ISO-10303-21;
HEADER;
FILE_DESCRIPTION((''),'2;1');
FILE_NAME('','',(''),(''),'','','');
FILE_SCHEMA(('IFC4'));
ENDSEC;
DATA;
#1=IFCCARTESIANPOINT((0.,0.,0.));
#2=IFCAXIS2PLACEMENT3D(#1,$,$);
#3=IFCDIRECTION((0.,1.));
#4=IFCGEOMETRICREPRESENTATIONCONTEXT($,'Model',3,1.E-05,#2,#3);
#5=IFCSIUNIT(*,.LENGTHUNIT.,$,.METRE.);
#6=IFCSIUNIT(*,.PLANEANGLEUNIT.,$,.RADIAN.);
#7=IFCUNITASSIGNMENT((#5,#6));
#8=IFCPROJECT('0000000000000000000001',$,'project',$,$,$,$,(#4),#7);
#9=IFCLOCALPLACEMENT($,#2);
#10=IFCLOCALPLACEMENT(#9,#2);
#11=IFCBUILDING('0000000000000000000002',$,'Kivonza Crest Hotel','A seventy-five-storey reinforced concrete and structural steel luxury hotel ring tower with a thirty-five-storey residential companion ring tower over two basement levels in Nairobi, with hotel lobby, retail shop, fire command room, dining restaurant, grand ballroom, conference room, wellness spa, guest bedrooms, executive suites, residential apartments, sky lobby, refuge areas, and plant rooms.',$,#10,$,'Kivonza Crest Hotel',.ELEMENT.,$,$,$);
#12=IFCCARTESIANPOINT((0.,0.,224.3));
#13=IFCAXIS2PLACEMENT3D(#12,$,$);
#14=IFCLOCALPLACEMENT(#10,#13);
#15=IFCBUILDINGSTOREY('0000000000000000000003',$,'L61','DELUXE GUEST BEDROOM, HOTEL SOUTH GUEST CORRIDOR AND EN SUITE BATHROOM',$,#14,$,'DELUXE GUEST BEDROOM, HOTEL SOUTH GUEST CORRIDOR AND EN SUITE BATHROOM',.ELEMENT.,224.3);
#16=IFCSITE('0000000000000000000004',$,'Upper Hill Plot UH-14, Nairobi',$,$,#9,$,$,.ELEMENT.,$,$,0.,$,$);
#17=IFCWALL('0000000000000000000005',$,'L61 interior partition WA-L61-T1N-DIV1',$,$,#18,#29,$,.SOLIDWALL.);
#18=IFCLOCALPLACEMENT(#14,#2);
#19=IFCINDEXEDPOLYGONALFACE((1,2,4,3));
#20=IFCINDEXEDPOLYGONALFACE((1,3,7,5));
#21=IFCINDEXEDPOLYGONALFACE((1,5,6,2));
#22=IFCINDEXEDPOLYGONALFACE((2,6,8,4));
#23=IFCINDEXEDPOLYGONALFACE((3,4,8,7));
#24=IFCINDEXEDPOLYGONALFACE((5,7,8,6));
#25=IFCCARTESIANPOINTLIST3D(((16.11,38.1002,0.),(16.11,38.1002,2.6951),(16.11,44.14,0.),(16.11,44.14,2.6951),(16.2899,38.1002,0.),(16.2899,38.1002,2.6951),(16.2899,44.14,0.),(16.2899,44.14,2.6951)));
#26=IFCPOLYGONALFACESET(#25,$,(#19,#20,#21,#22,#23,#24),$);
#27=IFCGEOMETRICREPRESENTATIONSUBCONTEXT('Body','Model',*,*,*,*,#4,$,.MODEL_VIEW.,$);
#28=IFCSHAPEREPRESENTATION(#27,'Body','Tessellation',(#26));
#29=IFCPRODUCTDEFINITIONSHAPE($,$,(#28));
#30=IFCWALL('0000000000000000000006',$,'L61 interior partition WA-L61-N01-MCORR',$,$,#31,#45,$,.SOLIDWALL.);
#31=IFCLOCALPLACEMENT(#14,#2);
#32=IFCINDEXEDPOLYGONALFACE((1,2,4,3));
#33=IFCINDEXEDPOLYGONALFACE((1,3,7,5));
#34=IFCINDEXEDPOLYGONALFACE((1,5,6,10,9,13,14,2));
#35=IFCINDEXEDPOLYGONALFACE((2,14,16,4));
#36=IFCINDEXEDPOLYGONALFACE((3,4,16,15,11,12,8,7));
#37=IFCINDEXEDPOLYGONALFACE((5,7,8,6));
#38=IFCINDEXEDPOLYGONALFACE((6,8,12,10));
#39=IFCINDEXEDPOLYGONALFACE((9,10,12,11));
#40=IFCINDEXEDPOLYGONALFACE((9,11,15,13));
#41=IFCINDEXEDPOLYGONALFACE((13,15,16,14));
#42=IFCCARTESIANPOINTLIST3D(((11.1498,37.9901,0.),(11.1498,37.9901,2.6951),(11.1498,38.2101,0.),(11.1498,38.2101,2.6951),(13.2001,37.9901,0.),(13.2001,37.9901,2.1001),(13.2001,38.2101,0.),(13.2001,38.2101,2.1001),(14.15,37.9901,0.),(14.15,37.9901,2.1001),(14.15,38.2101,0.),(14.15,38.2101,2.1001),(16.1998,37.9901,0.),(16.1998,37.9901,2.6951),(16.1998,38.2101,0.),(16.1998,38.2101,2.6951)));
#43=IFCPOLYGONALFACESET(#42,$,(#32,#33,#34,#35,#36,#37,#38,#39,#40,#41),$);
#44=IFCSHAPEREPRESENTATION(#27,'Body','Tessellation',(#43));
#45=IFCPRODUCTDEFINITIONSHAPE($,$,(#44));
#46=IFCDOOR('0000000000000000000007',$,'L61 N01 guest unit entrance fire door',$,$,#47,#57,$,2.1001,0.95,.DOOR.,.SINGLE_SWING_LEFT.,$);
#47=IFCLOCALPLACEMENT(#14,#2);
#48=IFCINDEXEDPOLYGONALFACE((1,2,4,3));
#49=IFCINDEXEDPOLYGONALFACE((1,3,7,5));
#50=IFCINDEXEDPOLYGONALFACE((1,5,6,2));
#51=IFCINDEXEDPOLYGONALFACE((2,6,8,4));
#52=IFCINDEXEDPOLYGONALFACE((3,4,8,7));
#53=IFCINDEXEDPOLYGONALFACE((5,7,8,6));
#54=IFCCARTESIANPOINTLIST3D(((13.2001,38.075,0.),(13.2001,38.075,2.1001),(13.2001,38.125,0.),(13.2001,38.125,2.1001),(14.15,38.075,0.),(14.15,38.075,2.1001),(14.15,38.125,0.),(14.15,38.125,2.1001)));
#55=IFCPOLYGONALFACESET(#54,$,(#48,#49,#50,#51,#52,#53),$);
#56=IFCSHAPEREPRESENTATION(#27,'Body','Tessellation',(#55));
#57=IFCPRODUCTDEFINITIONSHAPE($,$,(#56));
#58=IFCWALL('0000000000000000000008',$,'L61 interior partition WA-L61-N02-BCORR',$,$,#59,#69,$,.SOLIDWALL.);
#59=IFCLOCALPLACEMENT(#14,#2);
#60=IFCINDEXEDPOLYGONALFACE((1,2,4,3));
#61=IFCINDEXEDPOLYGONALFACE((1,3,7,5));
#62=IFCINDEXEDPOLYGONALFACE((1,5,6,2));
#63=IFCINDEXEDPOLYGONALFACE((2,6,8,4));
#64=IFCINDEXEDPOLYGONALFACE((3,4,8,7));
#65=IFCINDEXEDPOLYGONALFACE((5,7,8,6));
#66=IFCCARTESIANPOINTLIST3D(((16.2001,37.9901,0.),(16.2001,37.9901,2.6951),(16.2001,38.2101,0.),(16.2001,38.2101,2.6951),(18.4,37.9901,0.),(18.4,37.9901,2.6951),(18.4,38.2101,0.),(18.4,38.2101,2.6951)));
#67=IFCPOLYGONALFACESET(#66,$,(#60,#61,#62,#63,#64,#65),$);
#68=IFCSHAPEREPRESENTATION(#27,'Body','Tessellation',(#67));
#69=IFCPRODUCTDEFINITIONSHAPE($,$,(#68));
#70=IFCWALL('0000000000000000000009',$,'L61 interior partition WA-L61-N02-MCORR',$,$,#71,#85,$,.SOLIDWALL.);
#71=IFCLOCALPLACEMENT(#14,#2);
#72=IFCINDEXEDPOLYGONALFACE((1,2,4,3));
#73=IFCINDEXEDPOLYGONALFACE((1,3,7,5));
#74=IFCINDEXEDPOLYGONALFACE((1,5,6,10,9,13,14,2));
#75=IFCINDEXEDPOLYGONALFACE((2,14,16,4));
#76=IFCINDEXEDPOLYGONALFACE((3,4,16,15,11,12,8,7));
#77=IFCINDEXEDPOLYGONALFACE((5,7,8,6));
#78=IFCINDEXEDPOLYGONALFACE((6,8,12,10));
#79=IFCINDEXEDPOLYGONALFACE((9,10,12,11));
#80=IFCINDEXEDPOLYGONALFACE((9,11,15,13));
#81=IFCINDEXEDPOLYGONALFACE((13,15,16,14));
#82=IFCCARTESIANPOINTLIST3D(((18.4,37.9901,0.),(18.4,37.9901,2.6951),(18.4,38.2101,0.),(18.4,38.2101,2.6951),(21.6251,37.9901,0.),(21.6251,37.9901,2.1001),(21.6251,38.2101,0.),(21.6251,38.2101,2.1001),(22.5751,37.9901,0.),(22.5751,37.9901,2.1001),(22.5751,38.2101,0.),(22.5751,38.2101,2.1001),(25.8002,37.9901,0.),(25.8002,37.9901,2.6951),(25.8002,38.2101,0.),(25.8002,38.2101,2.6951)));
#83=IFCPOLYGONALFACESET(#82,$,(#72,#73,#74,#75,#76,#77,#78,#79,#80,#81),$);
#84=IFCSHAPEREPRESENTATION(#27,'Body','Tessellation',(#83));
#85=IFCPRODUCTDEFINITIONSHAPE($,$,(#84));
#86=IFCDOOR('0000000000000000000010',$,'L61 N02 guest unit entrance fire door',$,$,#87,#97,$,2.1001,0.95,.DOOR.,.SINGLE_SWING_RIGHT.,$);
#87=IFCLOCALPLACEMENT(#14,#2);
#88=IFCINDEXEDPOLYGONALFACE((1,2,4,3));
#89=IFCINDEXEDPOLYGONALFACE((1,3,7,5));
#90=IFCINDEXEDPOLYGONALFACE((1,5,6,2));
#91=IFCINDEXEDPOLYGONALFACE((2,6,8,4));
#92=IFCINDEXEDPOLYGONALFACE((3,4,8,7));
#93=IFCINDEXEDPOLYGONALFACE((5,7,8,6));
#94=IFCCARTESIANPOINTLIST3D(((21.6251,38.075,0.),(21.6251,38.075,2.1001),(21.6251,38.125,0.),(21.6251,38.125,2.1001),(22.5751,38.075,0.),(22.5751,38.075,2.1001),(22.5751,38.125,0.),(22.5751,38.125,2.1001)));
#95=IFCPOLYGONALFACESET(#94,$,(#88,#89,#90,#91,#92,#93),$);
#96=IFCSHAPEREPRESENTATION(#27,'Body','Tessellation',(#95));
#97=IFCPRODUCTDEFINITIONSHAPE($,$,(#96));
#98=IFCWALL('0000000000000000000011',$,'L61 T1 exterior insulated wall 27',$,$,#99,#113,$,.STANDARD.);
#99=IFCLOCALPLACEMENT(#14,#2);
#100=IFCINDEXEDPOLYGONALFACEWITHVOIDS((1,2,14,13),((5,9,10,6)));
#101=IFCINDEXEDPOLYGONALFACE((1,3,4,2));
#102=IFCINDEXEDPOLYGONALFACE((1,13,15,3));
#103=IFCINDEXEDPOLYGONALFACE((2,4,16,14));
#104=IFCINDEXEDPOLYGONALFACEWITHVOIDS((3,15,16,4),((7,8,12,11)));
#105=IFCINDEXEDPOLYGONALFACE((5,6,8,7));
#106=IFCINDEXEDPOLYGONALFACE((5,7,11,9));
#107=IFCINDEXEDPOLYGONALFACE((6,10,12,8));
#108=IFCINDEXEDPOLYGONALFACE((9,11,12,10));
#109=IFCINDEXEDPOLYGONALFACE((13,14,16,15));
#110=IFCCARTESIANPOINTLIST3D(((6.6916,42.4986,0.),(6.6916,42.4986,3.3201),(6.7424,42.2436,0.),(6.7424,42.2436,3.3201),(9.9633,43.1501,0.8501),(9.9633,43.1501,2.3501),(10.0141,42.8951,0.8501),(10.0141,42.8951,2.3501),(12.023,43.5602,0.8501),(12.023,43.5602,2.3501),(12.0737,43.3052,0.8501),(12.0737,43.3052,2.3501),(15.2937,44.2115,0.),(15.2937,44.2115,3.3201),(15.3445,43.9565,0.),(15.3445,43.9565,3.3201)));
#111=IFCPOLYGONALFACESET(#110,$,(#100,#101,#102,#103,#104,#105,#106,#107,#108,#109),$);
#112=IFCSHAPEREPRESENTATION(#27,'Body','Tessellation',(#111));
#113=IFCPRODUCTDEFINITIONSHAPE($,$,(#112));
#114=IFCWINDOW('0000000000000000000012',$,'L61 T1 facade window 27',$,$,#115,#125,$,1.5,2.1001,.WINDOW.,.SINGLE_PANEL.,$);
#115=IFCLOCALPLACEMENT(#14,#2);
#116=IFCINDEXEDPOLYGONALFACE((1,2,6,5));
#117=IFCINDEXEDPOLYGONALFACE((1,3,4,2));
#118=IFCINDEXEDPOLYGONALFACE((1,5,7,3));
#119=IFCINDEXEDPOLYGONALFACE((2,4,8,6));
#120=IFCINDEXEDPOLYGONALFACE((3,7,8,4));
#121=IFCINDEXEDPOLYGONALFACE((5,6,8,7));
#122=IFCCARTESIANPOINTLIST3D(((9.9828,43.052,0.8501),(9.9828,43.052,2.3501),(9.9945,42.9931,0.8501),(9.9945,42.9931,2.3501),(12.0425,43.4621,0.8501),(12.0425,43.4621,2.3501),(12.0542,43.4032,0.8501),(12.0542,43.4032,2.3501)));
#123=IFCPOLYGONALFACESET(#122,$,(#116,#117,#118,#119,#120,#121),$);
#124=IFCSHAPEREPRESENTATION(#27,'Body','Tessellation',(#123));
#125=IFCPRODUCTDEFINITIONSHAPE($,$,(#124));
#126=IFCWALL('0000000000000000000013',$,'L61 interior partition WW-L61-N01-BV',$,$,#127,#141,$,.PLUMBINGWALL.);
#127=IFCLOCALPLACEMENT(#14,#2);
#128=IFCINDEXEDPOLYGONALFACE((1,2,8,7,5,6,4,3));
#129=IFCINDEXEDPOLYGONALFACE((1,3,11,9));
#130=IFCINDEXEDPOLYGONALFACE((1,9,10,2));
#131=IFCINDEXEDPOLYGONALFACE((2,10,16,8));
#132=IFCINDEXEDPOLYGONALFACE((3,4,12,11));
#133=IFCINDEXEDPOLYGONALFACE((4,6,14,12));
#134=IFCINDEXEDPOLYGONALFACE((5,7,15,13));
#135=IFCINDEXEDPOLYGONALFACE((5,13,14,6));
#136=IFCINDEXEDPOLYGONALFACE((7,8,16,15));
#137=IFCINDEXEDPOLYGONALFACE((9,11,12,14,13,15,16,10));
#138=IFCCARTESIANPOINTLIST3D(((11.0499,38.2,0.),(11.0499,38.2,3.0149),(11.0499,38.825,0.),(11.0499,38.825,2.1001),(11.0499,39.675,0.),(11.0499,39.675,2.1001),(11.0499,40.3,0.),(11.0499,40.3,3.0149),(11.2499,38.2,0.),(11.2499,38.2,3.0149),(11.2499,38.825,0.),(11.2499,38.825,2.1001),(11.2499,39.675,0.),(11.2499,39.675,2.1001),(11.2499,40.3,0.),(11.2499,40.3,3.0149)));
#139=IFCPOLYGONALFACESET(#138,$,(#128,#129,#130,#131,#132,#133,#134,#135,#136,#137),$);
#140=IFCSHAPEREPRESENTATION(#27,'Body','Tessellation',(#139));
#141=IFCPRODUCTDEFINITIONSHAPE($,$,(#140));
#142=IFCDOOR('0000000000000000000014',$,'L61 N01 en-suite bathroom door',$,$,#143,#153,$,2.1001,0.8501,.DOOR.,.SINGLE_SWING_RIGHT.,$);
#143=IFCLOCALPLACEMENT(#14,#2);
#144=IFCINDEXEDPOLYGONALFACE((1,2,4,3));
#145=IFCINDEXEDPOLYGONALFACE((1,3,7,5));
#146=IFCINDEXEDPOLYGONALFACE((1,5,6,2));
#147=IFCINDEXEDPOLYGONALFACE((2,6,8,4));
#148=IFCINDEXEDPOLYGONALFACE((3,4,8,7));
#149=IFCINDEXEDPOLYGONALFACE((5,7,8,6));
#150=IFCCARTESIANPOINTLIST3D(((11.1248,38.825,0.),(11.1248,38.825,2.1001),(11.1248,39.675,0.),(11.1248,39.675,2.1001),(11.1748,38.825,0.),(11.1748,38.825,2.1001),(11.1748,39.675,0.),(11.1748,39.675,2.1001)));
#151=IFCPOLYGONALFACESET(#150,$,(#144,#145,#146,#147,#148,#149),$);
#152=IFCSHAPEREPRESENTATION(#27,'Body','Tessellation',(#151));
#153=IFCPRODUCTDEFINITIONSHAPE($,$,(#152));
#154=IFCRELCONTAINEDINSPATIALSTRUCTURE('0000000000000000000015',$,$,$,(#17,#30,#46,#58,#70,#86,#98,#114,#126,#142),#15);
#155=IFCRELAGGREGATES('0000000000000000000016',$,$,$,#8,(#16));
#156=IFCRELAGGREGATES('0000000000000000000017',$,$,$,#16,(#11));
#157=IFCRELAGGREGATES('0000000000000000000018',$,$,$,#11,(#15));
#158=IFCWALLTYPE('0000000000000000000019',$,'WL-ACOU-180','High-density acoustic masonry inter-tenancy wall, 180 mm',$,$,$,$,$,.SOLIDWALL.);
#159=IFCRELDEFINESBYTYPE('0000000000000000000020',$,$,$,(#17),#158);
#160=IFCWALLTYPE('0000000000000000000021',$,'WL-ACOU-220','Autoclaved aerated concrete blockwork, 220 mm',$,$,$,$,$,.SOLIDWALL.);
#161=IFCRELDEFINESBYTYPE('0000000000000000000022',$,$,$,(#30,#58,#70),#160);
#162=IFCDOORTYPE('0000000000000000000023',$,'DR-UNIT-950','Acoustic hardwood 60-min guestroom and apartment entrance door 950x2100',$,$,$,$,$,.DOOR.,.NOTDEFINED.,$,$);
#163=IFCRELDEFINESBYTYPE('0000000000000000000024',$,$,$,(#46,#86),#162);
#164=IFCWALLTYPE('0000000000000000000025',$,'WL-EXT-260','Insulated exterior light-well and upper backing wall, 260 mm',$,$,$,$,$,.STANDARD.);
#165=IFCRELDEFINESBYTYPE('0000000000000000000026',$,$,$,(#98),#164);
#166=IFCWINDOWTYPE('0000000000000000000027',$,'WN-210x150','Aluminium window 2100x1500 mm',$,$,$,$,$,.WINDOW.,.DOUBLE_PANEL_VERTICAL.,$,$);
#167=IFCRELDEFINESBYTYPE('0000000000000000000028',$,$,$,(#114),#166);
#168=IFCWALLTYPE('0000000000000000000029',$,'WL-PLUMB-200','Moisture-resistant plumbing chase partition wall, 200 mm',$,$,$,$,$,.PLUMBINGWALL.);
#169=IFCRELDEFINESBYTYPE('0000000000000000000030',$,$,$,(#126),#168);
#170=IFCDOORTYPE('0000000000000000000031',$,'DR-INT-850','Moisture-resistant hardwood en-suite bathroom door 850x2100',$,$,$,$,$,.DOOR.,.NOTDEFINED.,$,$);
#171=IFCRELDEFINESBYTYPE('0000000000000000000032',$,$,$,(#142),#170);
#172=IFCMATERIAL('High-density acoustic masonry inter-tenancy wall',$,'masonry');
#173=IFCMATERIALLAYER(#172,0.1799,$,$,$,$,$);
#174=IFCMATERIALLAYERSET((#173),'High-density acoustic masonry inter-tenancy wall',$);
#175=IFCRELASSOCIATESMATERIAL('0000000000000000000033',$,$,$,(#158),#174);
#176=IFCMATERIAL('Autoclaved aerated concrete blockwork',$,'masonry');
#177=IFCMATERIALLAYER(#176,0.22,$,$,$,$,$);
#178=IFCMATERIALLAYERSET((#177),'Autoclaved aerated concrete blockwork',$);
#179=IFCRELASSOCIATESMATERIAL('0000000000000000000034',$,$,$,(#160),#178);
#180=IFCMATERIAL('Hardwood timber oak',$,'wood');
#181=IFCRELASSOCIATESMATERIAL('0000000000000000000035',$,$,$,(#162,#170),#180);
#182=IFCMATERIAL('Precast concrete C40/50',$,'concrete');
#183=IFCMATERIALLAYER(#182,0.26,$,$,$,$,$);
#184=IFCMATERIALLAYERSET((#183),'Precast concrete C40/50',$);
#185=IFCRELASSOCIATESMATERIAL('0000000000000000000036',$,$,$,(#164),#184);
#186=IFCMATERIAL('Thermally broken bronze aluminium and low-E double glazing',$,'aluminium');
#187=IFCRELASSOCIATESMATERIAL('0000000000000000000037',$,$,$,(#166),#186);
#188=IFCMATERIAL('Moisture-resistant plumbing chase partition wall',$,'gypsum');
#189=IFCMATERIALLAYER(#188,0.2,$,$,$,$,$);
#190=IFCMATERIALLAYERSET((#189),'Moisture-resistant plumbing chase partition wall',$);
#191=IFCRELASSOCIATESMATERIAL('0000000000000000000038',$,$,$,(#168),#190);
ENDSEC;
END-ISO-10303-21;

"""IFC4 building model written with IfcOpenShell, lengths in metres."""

from ifc_helpers import new_model, si_unit, direction, frame, frame_2d, origin, place, context, subcontext, project, spatial, rectangle, extrude, material, layer, layer_set, type_object, element, fill, save


model = new_model("IFC4")

# Units and contexts
model_context = context("Model", 3, precision=1e-05, world=origin(), true_north=direction((0.0, 1.0)))
body_context = subcontext(model_context, "Body", "Model", "MODEL_VIEW")
ifc_project = project(units=[si_unit("LENGTHUNIT", "METRE"), si_unit("PLANEANGLEUNIT", "RADIAN")], contexts=[model_context])

# Site, building, storey
site_placement = place(None, origin())
site = spatial("IfcSite", under=ifc_project, at=site_placement, Name="Upper Hill Plot UH-14, Nairobi", CompositionType="ELEMENT", RefElevation=0.0)
building_placement = place(site_placement, origin())
building = spatial("IfcBuilding", under=site, at=building_placement, Name="Kivonza Crest Hotel", Description="A seventy-five-storey reinforced concrete and structural steel luxury hotel ring tower with a thirty-five-storey residential companion ring tower over two basement levels in Nairobi, with hotel lobby, retail shop, fire command room, dining restaurant, grand ballroom, conference room, wellness spa, guest bedrooms, executive suites, residential apartments, sky lobby, refuge areas, and plant rooms.", LongName="Kivonza Crest Hotel", CompositionType="ELEMENT")
storey_placement = place(building_placement, frame((0.0, 0.0, 224.3)))
storey = spatial("IfcBuildingStorey", under=building, at=storey_placement, Name="L61", Description="DELUXE GUEST BEDROOM, HOTEL SOUTH GUEST CORRIDOR AND EN SUITE BATHROOM", LongName="DELUXE GUEST BEDROOM, HOTEL SOUTH GUEST CORRIDOR AND EN SUITE BATHROOM", CompositionType="ELEMENT", Elevation=224.3)

# Wall
ifc_material_1 = material(Name="High-density acoustic masonry inter-tenancy wall", Category="masonry")
ifc_layer_1 = layer(ifc_material_1, 0.1799)
ifc_layer_set_1 = layer_set([ifc_layer_1], Name="High-density acoustic masonry inter-tenancy wall")
wall_type_1 = type_object("IfcWallType", Name="WL-ACOU-180", Description="High-density acoustic masonry inter-tenancy wall, 180 mm", PredefinedType="SOLIDWALL", material=ifc_layer_set_1)
wall_1_placement = place(storey_placement, frame((16.2, 38.1001, 0.0), z_axis=(0.0, 0.0, 1.0), x_axis=(0.0, 1.0, 0.0)))
element("IfcWall", 1, at=wall_1_placement, inside=storey, type_object=wall_type_1, Name="L61 interior partition WA-L61-T1N-DIV1", PredefinedType="SOLIDWALL", context=body_context, shape_type="SweptSolid", body=[
    extrude(rectangle(XDim=6.0398, YDim=0.1799, at=frame_2d((3.02, 0.0))), origin(), (0.0, 0.0, 1.0), 2.6951),
])

# Wall, opening, door
ifc_material_2 = material(Name="Autoclaved aerated concrete blockwork", Category="masonry")
ifc_layer_2 = layer(ifc_material_2, 0.22)
ifc_layer_set_2 = layer_set([ifc_layer_2], Name="Autoclaved aerated concrete blockwork")
wall_type_2 = type_object("IfcWallType", Name="WL-ACOU-220", Description="Autoclaved aerated concrete blockwork, 220 mm", PredefinedType="SOLIDWALL", material=ifc_layer_set_2)
wall_2_placement = place(storey_placement, frame((11.1499, 38.1001, 0.0), z_axis=(0.0, 0.0, 1.0), x_axis=(1.0, 0.0, 0.0)))
wall_2 = element("IfcWall", 2, at=wall_2_placement, inside=storey, type_object=wall_type_2, Name="L61 interior partition WA-L61-N01-MCORR", PredefinedType="SOLIDWALL", context=body_context, shape_type="SweptSolid", body=[
    extrude(rectangle(XDim=5.05, YDim=0.22, at=frame_2d((2.5249, 0.0))), origin(), (0.0, 0.0, 1.0), 2.6951),
])
opening_1_placement = place(wall_2_placement, frame((2.05, 0.0, 0.0)))
opening_1 = element("IfcOpeningElement", 3, at=opening_1_placement, cuts=wall_2, PredefinedType="OPENING", context=body_context, shape_type="SweptSolid", body=[
    extrude(rectangle(XDim=0.95, YDim=2.1001, at=frame_2d((0.4751, 1.05))), frame((0.0, 0.1201, 0.0), z_axis=(0.0, -1.0, 0.0), x_axis=(1.0, 0.0, 0.0)), (0.0, 0.0, 1.0), 0.24),
])
ifc_material_3 = material(Name="Hardwood timber oak", Category="wood")
door_type_1 = type_object("IfcDoorType", Name="DR-UNIT-950", Description="Acoustic hardwood 60-min guestroom and apartment entrance door 950x2100", OperationType="NOTDEFINED", PredefinedType="DOOR", material=ifc_material_3)
door_1_placement = place(opening_1_placement, origin())
door_1 = element("IfcDoor", 4, at=door_1_placement, inside=storey, type_object=door_type_1, Name="L61 N01 guest unit entrance fire door", OperationType="SINGLE_SWING_LEFT", OverallHeight=2.1001, OverallWidth=0.95, PredefinedType="DOOR", context=body_context, shape_type="SweptSolid", body=[
    extrude(rectangle(XDim=0.95, YDim=2.1001, at=frame_2d((0.4751, 1.05))), frame((0.0, 0.0249, 0.0), z_axis=(0.0, -1.0, 0.0), x_axis=(1.0, 0.0, 0.0)), (0.0, 0.0, 1.0), 0.05),
])
fill(opening_1, door_1)

# Wall
wall_3_placement = place(storey_placement, frame((16.2, 38.1001, 0.0), z_axis=(0.0, 0.0, 1.0), x_axis=(1.0, 0.0, 0.0)))
element("IfcWall", 5, at=wall_3_placement, inside=storey, type_object=wall_type_2, Name="L61 interior partition WA-L61-N02-BCORR", PredefinedType="SOLIDWALL", context=body_context, shape_type="SweptSolid", body=[
    extrude(rectangle(XDim=2.2, YDim=0.22, at=frame_2d((1.1001, 0.0))), origin(), (0.0, 0.0, 1.0), 2.6951),
])

# Wall, opening, door
wall_4_placement = place(storey_placement, frame((18.3999, 38.1001, 0.0), z_axis=(0.0, 0.0, 1.0), x_axis=(1.0, 0.0, 0.0)))
wall_4 = element("IfcWall", 6, at=wall_4_placement, inside=storey, type_object=wall_type_2, Name="L61 interior partition WA-L61-N02-MCORR", PredefinedType="SOLIDWALL", context=body_context, shape_type="SweptSolid", body=[
    extrude(rectangle(XDim=7.4001, YDim=0.22, at=frame_2d((3.7002, 0.0))), origin(), (0.0, 0.0, 1.0), 2.6951),
])
opening_2_placement = place(wall_4_placement, frame((3.2251, 0.0, 0.0)))
opening_2 = element("IfcOpeningElement", 7, at=opening_2_placement, cuts=wall_4, PredefinedType="OPENING", context=body_context, shape_type="SweptSolid", body=[
    extrude(rectangle(XDim=0.95, YDim=2.1001, at=frame_2d((0.4751, 1.05))), frame((0.0, 0.1201, 0.0), z_axis=(0.0, -1.0, 0.0), x_axis=(1.0, 0.0, 0.0)), (0.0, 0.0, 1.0), 0.24),
])
door_2_placement = place(opening_2_placement, origin())
door_2 = element("IfcDoor", 8, at=door_2_placement, inside=storey, type_object=door_type_1, Name="L61 N02 guest unit entrance fire door", OperationType="SINGLE_SWING_RIGHT", OverallHeight=2.1001, OverallWidth=0.95, PredefinedType="DOOR", context=body_context, shape_type="SweptSolid", body=[
    extrude(rectangle(XDim=0.95, YDim=2.1001, at=frame_2d((0.4751, 1.05))), frame((0.0, 0.0249, 0.0), z_axis=(0.0, -1.0, 0.0), x_axis=(1.0, 0.0, 0.0)), (0.0, 0.0, 1.0), 0.05),
])
fill(opening_2, door_2)

# Wall, opening, window
ifc_material_4 = material(Name="Precast concrete C40/50", Category="concrete")
ifc_layer_3 = layer(ifc_material_4, 0.26)
ifc_layer_set_3 = layer_set([ifc_layer_3], Name="Precast concrete C40/50")
wall_type_3 = type_object("IfcWallType", Name="WL-EXT-260", Description="Insulated exterior light-well and upper backing wall, 260 mm", PredefinedType="STANDARD", material=ifc_layer_set_3)
wall_5_placement = place(storey_placement, frame((15.3191, 44.084, 0.0), z_axis=(0.0, 0.0, 1.0), x_axis=(-0.980745, -0.195292, 0.0)))
wall_5 = element("IfcWall", 9, at=wall_5_placement, inside=storey, type_object=wall_type_3, Name="L61 T1 exterior insulated wall 27", PredefinedType="STANDARD", context=body_context, shape_type="SweptSolid", body=[
    extrude(rectangle(XDim=8.771, YDim=0.26, at=frame_2d((4.3855, 0.0))), origin(), (0.0, 0.0, 1.0), 3.3201),
])
opening_3_placement = place(wall_5_placement, frame((3.335, 0.0, 0.8501)))
opening_3 = element("IfcOpeningElement", 10, at=opening_3_placement, cuts=wall_5, PredefinedType="OPENING", context=body_context, shape_type="SweptSolid", body=[
    extrude(rectangle(XDim=2.1001, YDim=1.5, at=frame_2d((1.05, 0.75))), frame((0.0, 0.1401, 0.0), z_axis=(0.0, -1.0, 0.0), x_axis=(1.0, 0.0, 0.0)), (0.0, 0.0, 1.0), 0.28),
])
ifc_material_5 = material(Name="Thermally broken bronze aluminium and low-E double glazing", Category="aluminium")
window_type = type_object("IfcWindowType", Name="WN-210x150", Description="Aluminium window 2100x1500 mm", PartitioningType="DOUBLE_PANEL_VERTICAL", PredefinedType="WINDOW", material=ifc_material_5)
window_placement = place(opening_3_placement, origin())
window = element("IfcWindow", 11, at=window_placement, inside=storey, type_object=window_type, Name="L61 T1 facade window 27", OverallHeight=1.5, OverallWidth=2.1001, PartitioningType="SINGLE_PANEL", PredefinedType="WINDOW", context=body_context, shape_type="SweptSolid", body=[
    extrude(rectangle(XDim=2.1001, YDim=1.5, at=frame_2d((1.05, 0.75))), frame((0.0, 0.03, 0.0), z_axis=(0.0, -1.0, 0.0), x_axis=(1.0, 0.0, 0.0)), (0.0, 0.0, 1.0), 0.0601),
])
fill(opening_3, window)

# Wall, opening, door
ifc_material_6 = material(Name="Moisture-resistant plumbing chase partition wall", Category="gypsum")
ifc_layer_4 = layer(ifc_material_6, 0.2)
ifc_layer_set_4 = layer_set([ifc_layer_4], Name="Moisture-resistant plumbing chase partition wall")
wall_type_4 = type_object("IfcWallType", Name="WL-PLUMB-200", Description="Moisture-resistant plumbing chase partition wall, 200 mm", PredefinedType="PLUMBINGWALL", material=ifc_layer_set_4)
wall_6_placement = place(storey_placement, frame((11.1499, 38.2, 0.0), z_axis=(0.0, 0.0, 1.0), x_axis=(0.0, 1.0, 0.0)))
wall_6 = element("IfcWall", 12, at=wall_6_placement, inside=storey, type_object=wall_type_4, Name="L61 interior partition WW-L61-N01-BV", PredefinedType="PLUMBINGWALL", context=body_context, shape_type="SweptSolid", body=[
    extrude(rectangle(XDim=2.1001, YDim=0.2, at=frame_2d((1.05, 0.0))), origin(), (0.0, 0.0, 1.0), 3.0149),
])
opening_4_placement = place(wall_6_placement, frame((0.625, 0.0, 0.0)))
opening_4 = element("IfcOpeningElement", 13, at=opening_4_placement, cuts=wall_6, PredefinedType="OPENING", context=body_context, shape_type="SweptSolid", body=[
    extrude(rectangle(XDim=0.8501, YDim=2.1001, at=frame_2d((0.425, 1.05))), frame((0.0, 0.1099, 0.0), z_axis=(0.0, -1.0, 0.0), x_axis=(1.0, 0.0, 0.0)), (0.0, 0.0, 1.0), 0.22),
])
door_type_2 = type_object("IfcDoorType", Name="DR-INT-850", Description="Moisture-resistant hardwood en-suite bathroom door 850x2100", OperationType="NOTDEFINED", PredefinedType="DOOR", material=ifc_material_3)
door_3_placement = place(opening_4_placement, frame((0.8501, 0.0, 0.0), z_axis=(0.0, 0.0, 1.0), x_axis=(-1.0, 0.0, 0.0)))
door_3 = element("IfcDoor", 14, at=door_3_placement, inside=storey, type_object=door_type_2, Name="L61 N01 en-suite bathroom door", OperationType="SINGLE_SWING_RIGHT", OverallHeight=2.1001, OverallWidth=0.8501, PredefinedType="DOOR", context=body_context, shape_type="SweptSolid", body=[
    extrude(rectangle(XDim=0.8501, YDim=2.1001, at=frame_2d((0.425, 1.05))), frame((0.0, 0.0249, 0.0), z_axis=(0.0, -1.0, 0.0), x_axis=(1.0, 0.0, 0.0)), (0.0, 0.0, 1.0), 0.05),
])
fill(opening_4, door_3)

save(model, "model.ifc")
